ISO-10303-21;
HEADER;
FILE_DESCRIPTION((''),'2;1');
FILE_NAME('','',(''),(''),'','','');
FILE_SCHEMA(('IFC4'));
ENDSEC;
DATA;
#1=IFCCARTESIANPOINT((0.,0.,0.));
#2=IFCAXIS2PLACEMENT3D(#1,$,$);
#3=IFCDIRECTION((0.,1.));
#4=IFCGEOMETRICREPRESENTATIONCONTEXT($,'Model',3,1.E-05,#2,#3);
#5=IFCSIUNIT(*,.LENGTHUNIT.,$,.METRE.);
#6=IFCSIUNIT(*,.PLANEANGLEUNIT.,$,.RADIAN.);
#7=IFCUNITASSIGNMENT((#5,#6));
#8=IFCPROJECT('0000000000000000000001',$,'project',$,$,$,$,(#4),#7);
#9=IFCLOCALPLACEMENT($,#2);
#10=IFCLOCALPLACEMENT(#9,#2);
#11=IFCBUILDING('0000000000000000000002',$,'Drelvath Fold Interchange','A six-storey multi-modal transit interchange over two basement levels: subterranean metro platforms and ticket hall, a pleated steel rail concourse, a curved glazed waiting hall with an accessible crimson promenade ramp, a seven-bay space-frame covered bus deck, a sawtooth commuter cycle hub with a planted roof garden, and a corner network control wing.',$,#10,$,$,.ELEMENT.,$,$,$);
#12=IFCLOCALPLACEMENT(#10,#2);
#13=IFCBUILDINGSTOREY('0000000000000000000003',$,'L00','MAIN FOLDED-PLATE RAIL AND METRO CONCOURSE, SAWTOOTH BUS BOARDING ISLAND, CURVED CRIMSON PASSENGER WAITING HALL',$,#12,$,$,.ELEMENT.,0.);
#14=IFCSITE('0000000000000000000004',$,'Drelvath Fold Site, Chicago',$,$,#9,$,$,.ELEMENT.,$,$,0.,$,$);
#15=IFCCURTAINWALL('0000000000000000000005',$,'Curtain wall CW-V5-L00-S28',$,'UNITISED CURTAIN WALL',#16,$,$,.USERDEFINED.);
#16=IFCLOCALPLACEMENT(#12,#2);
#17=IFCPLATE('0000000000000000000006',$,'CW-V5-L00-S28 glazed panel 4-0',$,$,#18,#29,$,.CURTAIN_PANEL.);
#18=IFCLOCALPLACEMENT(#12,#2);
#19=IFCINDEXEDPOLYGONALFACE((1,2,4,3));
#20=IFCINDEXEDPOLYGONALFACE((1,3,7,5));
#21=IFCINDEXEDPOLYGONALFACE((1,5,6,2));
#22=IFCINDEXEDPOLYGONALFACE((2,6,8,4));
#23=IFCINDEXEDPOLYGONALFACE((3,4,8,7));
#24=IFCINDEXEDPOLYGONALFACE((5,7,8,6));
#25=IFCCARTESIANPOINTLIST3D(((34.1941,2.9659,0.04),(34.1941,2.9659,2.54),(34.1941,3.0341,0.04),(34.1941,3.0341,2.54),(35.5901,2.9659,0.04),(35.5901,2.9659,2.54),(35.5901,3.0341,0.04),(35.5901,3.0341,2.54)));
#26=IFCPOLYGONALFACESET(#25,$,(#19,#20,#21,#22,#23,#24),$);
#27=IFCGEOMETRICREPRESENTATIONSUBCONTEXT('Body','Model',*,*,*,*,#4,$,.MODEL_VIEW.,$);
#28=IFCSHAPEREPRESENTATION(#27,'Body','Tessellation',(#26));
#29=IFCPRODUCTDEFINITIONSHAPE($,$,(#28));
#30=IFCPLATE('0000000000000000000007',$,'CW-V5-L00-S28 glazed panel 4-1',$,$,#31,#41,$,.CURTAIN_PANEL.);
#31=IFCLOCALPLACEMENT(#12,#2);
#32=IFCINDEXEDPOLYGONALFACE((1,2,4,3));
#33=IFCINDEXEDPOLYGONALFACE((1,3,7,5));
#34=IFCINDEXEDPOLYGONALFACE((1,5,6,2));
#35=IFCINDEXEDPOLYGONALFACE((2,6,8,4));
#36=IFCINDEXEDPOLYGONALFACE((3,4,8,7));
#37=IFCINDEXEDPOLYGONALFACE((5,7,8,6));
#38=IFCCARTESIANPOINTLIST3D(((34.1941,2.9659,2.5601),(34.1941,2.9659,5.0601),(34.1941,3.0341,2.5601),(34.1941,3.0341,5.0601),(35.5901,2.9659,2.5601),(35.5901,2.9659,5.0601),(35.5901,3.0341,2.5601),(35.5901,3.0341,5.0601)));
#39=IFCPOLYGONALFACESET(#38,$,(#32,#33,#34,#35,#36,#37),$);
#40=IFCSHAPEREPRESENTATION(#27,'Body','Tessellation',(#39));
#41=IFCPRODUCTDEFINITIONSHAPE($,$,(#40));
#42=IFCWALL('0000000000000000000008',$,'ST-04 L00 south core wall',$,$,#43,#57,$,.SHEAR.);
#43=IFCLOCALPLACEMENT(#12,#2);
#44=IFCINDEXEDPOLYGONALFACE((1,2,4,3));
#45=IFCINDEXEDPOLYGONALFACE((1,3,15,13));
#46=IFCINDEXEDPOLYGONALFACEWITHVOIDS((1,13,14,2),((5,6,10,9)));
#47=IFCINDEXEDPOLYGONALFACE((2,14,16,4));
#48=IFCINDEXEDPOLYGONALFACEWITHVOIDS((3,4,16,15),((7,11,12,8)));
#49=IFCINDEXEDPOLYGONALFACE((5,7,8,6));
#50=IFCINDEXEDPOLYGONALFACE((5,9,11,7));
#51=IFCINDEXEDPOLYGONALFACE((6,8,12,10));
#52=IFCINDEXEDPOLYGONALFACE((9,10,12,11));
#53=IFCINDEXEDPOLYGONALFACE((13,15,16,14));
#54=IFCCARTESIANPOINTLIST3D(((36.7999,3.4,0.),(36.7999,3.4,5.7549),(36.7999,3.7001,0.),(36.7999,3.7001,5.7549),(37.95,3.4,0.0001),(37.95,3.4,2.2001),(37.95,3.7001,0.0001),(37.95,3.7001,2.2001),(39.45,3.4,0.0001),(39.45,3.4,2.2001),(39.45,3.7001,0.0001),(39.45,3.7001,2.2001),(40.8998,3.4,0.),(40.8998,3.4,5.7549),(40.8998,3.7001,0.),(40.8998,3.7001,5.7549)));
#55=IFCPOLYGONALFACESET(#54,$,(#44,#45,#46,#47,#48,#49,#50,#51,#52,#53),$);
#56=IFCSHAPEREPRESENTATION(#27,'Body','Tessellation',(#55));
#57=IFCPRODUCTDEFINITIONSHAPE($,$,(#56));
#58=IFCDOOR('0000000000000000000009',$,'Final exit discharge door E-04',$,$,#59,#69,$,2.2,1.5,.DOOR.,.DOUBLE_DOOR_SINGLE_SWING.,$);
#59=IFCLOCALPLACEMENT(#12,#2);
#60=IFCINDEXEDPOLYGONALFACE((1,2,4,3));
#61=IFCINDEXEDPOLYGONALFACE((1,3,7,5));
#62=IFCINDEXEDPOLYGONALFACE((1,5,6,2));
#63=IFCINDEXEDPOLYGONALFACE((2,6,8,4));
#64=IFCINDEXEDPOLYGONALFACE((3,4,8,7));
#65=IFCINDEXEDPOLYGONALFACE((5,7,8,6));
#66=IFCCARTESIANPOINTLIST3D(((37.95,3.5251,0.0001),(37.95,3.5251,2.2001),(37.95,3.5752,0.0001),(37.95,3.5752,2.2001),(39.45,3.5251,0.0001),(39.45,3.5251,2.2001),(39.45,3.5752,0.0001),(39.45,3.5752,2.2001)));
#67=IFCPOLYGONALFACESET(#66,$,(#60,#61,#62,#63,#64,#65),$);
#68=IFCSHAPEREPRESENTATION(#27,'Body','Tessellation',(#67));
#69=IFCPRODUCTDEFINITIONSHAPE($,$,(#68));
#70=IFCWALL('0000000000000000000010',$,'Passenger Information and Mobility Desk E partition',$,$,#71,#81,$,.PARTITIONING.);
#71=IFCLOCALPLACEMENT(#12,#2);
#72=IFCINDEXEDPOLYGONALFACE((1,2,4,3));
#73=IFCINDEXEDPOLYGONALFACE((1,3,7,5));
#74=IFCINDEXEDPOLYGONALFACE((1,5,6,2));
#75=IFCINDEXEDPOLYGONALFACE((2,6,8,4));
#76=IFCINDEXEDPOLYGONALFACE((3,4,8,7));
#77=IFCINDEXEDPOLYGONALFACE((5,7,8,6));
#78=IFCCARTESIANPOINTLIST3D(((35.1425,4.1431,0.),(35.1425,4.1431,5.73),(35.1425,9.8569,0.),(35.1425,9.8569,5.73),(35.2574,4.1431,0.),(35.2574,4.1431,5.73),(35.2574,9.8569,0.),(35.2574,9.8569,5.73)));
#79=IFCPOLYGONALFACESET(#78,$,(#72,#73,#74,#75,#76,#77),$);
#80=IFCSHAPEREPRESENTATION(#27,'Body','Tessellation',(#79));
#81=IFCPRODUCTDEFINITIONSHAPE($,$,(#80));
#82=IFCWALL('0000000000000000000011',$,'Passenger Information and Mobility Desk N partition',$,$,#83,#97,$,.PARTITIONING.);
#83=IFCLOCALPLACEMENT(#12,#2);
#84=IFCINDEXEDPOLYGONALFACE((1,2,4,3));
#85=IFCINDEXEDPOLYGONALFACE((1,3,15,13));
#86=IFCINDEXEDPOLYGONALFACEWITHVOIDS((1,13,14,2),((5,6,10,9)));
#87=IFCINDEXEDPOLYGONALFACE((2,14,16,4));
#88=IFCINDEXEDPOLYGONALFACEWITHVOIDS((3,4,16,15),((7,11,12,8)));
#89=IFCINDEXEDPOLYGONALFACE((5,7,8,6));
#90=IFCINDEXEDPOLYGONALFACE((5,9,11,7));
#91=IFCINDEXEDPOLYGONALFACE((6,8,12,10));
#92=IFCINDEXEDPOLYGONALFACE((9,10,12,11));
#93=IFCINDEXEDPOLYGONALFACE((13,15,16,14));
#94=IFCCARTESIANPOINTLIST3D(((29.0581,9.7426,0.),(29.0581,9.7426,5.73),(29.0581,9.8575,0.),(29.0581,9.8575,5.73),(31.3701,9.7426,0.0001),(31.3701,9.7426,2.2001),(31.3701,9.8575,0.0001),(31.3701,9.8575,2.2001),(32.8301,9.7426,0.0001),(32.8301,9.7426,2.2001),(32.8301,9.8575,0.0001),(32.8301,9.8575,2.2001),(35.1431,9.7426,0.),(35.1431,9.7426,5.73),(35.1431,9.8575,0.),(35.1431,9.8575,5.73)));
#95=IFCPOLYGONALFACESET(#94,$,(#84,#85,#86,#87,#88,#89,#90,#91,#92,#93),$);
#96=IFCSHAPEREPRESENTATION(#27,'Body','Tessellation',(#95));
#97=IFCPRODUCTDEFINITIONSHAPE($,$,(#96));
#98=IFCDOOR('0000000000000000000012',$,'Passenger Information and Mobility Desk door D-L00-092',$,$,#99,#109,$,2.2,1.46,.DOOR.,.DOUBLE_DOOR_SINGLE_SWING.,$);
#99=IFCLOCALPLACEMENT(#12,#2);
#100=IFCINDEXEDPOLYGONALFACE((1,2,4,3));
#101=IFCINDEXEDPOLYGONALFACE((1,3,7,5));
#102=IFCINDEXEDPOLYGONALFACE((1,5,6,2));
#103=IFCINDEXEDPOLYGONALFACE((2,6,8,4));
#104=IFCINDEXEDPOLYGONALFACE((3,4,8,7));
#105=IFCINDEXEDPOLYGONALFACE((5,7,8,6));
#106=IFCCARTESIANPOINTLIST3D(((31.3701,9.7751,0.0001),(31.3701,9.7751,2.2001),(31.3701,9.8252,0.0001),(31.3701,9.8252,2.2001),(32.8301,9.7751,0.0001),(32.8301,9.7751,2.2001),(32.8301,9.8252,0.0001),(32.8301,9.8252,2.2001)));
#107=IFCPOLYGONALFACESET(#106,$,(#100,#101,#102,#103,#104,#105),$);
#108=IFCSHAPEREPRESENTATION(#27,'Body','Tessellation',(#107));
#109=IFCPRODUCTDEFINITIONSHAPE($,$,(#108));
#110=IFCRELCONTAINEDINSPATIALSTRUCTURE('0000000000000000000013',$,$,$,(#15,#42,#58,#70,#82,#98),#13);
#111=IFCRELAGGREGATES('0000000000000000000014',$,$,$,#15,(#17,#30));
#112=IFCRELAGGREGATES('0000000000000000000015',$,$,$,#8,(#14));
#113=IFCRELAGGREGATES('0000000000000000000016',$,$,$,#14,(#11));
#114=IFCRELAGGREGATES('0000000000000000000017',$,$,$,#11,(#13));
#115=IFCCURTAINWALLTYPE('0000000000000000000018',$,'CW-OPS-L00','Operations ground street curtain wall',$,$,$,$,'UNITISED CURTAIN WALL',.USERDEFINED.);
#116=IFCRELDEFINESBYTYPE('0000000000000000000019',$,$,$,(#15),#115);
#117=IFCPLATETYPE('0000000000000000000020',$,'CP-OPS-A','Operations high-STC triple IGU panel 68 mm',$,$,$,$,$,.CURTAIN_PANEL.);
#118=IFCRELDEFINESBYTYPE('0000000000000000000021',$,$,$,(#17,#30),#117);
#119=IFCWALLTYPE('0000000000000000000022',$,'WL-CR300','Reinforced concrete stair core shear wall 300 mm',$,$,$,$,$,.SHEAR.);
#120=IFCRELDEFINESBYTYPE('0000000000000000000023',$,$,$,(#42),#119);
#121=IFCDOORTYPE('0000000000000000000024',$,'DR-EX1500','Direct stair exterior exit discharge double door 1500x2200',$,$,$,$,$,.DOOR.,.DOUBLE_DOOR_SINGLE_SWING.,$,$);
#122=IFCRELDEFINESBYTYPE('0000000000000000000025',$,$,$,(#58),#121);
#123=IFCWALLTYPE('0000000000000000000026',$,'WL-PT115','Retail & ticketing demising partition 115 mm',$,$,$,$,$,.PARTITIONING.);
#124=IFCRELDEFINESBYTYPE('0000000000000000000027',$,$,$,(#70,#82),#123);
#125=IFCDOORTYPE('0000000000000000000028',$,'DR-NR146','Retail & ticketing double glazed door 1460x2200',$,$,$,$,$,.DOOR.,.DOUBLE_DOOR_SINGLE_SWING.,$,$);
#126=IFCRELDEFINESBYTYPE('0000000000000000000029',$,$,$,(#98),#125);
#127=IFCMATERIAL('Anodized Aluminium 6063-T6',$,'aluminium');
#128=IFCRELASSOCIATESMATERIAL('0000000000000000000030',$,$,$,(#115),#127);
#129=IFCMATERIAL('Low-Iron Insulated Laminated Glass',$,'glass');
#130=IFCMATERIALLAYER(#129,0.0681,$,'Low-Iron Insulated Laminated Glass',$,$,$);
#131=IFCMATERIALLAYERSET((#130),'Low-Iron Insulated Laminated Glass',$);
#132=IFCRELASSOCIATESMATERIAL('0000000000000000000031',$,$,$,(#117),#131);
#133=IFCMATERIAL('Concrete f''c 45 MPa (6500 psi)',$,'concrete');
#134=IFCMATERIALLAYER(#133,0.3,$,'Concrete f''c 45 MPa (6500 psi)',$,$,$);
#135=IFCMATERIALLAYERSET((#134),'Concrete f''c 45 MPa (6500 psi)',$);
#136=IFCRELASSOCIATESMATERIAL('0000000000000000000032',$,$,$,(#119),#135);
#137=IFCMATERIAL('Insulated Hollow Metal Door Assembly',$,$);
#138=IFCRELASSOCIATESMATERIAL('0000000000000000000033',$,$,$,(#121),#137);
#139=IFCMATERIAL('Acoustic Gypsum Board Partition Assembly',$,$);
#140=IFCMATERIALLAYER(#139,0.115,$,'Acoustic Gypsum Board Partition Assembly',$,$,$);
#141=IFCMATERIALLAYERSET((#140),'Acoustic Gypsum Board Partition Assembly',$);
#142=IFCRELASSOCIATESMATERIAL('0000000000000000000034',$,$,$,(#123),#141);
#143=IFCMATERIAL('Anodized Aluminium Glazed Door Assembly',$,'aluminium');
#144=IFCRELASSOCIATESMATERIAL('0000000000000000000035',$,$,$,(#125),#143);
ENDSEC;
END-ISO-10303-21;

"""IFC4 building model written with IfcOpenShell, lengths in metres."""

from ifc_helpers import new_model, si_unit, direction, frame, frame_2d, origin, origin_2d, place, context, subcontext, project, spatial, rectangle, extrude, material, layer, layer_set, type_object, element, fill, aggregate, save


model = new_model("IFC4")

# Units and contexts
model_context = context("Model", 3, precision=1e-05, world=origin(), true_north=direction((0.0, 1.0)))
body_context = subcontext(model_context, "Body", "Model", "MODEL_VIEW")
ifc_project = project(units=[si_unit("LENGTHUNIT", "METRE"), si_unit("PLANEANGLEUNIT", "RADIAN")], contexts=[model_context])

# Site, building, storey
site_placement = place(None, origin())
site = spatial("IfcSite", under=ifc_project, at=site_placement, Name="Drelvath Fold Site, Chicago", CompositionType="ELEMENT", RefElevation=0.0)
building_placement = place(site_placement, origin())
building = spatial("IfcBuilding", under=site, at=building_placement, Name="Drelvath Fold Interchange", Description="A six-storey multi-modal transit interchange over two basement levels: subterranean metro platforms and ticket hall, a pleated steel rail concourse, a curved glazed waiting hall with an accessible crimson promenade ramp, a seven-bay space-frame covered bus deck, a sawtooth commuter cycle hub with a planted roof garden, and a corner network control wing.", CompositionType="ELEMENT")
storey_placement = place(building_placement, origin())
storey = spatial("IfcBuildingStorey", under=building, at=storey_placement, Name="L00", Description="MAIN FOLDED-PLATE RAIL AND METRO CONCOURSE, SAWTOOTH BUS BOARDING ISLAND, CURVED CRIMSON PASSENGER WAITING HALL", CompositionType="ELEMENT", Elevation=0.0)

# Curtain wall, plates
ifc_material_1 = material(Name="Anodized Aluminium 6063-T6", Category="aluminium")
curtain_wall_type = type_object("IfcCurtainWallType", Name="CW-OPS-L00", Description="Operations ground street curtain wall", ElementType="UNITISED CURTAIN WALL", PredefinedType="USERDEFINED", material=ifc_material_1)
curtain_wall_placement = place(storey_placement, origin())
curtain_wall = element("IfcCurtainWall", 1, at=curtain_wall_placement, inside=storey, type_object=curtain_wall_type, Name="Curtain wall CW-V5-L00-S28", ObjectType="UNITISED CURTAIN WALL", PredefinedType="USERDEFINED")
ifc_material_2 = material(Name="Low-Iron Insulated Laminated Glass", Category="glass")
ifc_layer_1 = layer(ifc_material_2, 0.0681, Name="Low-Iron Insulated Laminated Glass")
ifc_layer_set_1 = layer_set([ifc_layer_1], Name="Low-Iron Insulated Laminated Glass")
plate_type = type_object("IfcPlateType", Name="CP-OPS-A", Description="Operations high-STC triple IGU panel 68 mm", PredefinedType="CURTAIN_PANEL", material=ifc_layer_set_1)
plate_1_placement = place(storey_placement, frame((34.8921, 3.0, 0.04), z_axis=(0.0, 0.0, 1.0), x_axis=(1.0, 0.0, 0.0)))
plate_1 = element("IfcPlate", 2, at=plate_1_placement, type_object=plate_type, Name="CW-V5-L00-S28 glazed panel 4-0", PredefinedType="CURTAIN_PANEL", context=body_context, shape_type="SweptSolid", body=[
    extrude(rectangle(XDim=1.396, YDim=0.0681, at=origin_2d()), origin(), (0.0, 0.0, 1.0), 2.5),
])
plate_2_placement = place(storey_placement, frame((34.8921, 3.0, 2.5601), z_axis=(0.0, 0.0, 1.0), x_axis=(1.0, 0.0, 0.0)))
plate_2 = element("IfcPlate", 3, at=plate_2_placement, type_object=plate_type, Name="CW-V5-L00-S28 glazed panel 4-1", PredefinedType="CURTAIN_PANEL", context=body_context, shape_type="SweptSolid", body=[
    extrude(rectangle(XDim=1.396, YDim=0.0681, at=origin_2d()), origin(), (0.0, 0.0, 1.0), 2.5),
])
aggregate(curtain_wall, [plate_1, plate_2])

# Wall, opening, door
ifc_material_3 = material(Name="Concrete f'c 45 MPa (6500 psi)", Category="concrete")
ifc_layer_2 = layer(ifc_material_3, 0.3, Name="Concrete f'c 45 MPa (6500 psi)")
ifc_layer_set_2 = layer_set([ifc_layer_2], Name="Concrete f'c 45 MPa (6500 psi)")
wall_type_1 = type_object("IfcWallType", Name="WL-CR300", Description="Reinforced concrete stair core shear wall 300 mm", PredefinedType="SHEAR", material=ifc_layer_set_2)
wall_1_placement = place(storey_placement, frame((36.8, 3.55, 0.0), z_axis=(0.0, 0.0, 1.0), x_axis=(1.0, 0.0, 0.0)))
wall_1 = element("IfcWall", 4, at=wall_1_placement, inside=storey, type_object=wall_type_1, Name="ST-04 L00 south core wall", PredefinedType="SHEAR", context=body_context, shape_type="SweptSolid", body=[
    extrude(rectangle(XDim=4.0999, YDim=0.3, at=frame_2d((2.0498, 0.0))), origin(), (0.0, 0.0, 1.0), 5.7549),
])
opening_1_placement = place(wall_1_placement, frame((1.1499, 0.0, 0.0)))
opening_1 = element("IfcOpeningElement", 5, at=opening_1_placement, cuts=wall_1, PredefinedType="OPENING", context=body_context, shape_type="SweptSolid", body=[
    extrude(rectangle(XDim=1.5, YDim=2.2, at=frame_2d((0.75, 1.1001))), frame((0.0, 0.1599, 0.0), z_axis=(0.0, -1.0, 0.0), x_axis=(1.0, 0.0, 0.0)), (0.0, 0.0, 1.0), 0.3201),
])
ifc_material_4 = material(Name="Insulated Hollow Metal Door Assembly")
door_type_1 = type_object("IfcDoorType", Name="DR-EX1500", Description="Direct stair exterior exit discharge double door 1500x2200", OperationType="DOUBLE_DOOR_SINGLE_SWING", PredefinedType="DOOR", material=ifc_material_4)
door_1_placement = place(opening_1_placement, frame((1.5, 0.0, 0.0), z_axis=(0.0, 0.0, 1.0), x_axis=(-1.0, 0.0, 0.0)))
door_1 = element("IfcDoor", 6, at=door_1_placement, inside=storey, type_object=door_type_1, Name="Final exit discharge door E-04", OperationType="DOUBLE_DOOR_SINGLE_SWING", OverallHeight=2.2, OverallWidth=1.5, PredefinedType="DOOR", context=body_context, shape_type="SweptSolid", body=[
    extrude(rectangle(XDim=1.5, YDim=2.2, at=frame_2d((0.75, 1.1001))), frame((0.0, 0.0249, 0.0), z_axis=(0.0, -1.0, 0.0), x_axis=(1.0, 0.0, 0.0)), (0.0, 0.0, 1.0), 0.05),
])
fill(opening_1, door_1)

# Wall
ifc_material_5 = material(Name="Acoustic Gypsum Board Partition Assembly")
ifc_layer_3 = layer(ifc_material_5, 0.115, Name="Acoustic Gypsum Board Partition Assembly")
ifc_layer_set_3 = layer_set([ifc_layer_3], Name="Acoustic Gypsum Board Partition Assembly")
wall_type_2 = type_object("IfcWallType", Name="WL-PT115", Description="Retail & ticketing demising partition 115 mm", PredefinedType="PARTITIONING", material=ifc_layer_set_3)
wall_2_placement = place(storey_placement, frame((35.2, 4.1431, 0.0), z_axis=(0.0, 0.0, 1.0), x_axis=(0.0, 1.0, 0.0)))
element("IfcWall", 7, at=wall_2_placement, inside=storey, type_object=wall_type_2, Name="Passenger Information and Mobility Desk E partition", PredefinedType="PARTITIONING", context=body_context, shape_type="SweptSolid", body=[
    extrude(rectangle(XDim=5.7139, YDim=0.115, at=frame_2d((2.8569, 0.0))), origin(), (0.0, 0.0, 1.0), 5.73),
])

# Wall, opening, door
wall_3_placement = place(storey_placement, frame((35.1431, 9.8, 0.0), z_axis=(0.0, 0.0, 1.0), x_axis=(-1.0, 0.0, 0.0)))
wall_3 = element("IfcWall", 8, at=wall_3_placement, inside=storey, type_object=wall_type_2, Name="Passenger Information and Mobility Desk N partition", PredefinedType="PARTITIONING", context=body_context, shape_type="SweptSolid", body=[
    extrude(rectangle(XDim=6.085, YDim=0.115, at=frame_2d((3.0425, 0.0))), origin(), (0.0, 0.0, 1.0), 5.73),
])
opening_2_placement = place(wall_3_placement, frame((2.313, 0.0, 0.0)))
opening_2 = element("IfcOpeningElement", 9, at=opening_2_placement, cuts=wall_3, PredefinedType="OPENING", context=body_context, shape_type="SweptSolid", body=[
    extrude(rectangle(XDim=1.46, YDim=2.2, at=frame_2d((0.73, 1.1001))), frame((0.0, 0.0674, 0.0), z_axis=(0.0, -1.0, 0.0), x_axis=(1.0, 0.0, 0.0)), (0.0, 0.0, 1.0), 0.135),
])
ifc_material_6 = material(Name="Anodized Aluminium Glazed Door Assembly", Category="aluminium")
door_type_2 = type_object("IfcDoorType", Name="DR-NR146", Description="Retail & ticketing double glazed door 1460x2200", OperationType="DOUBLE_DOOR_SINGLE_SWING", PredefinedType="DOOR", material=ifc_material_6)
door_2_placement = place(opening_2_placement, origin())
door_2 = element("IfcDoor", 10, at=door_2_placement, inside=storey, type_object=door_type_2, Name="Passenger Information and Mobility Desk door D-L00-092", OperationType="DOUBLE_DOOR_SINGLE_SWING", OverallHeight=2.2, OverallWidth=1.46, PredefinedType="DOOR", context=body_context, shape_type="SweptSolid", body=[
    extrude(rectangle(XDim=1.46, YDim=2.2, at=frame_2d((0.73, 1.1001))), frame((0.0, 0.0249, 0.0), z_axis=(0.0, -1.0, 0.0), x_axis=(1.0, 0.0, 0.0)), (0.0, 0.0, 1.0), 0.05),
])
fill(opening_2, door_2)

save(model, "model.ifc")
